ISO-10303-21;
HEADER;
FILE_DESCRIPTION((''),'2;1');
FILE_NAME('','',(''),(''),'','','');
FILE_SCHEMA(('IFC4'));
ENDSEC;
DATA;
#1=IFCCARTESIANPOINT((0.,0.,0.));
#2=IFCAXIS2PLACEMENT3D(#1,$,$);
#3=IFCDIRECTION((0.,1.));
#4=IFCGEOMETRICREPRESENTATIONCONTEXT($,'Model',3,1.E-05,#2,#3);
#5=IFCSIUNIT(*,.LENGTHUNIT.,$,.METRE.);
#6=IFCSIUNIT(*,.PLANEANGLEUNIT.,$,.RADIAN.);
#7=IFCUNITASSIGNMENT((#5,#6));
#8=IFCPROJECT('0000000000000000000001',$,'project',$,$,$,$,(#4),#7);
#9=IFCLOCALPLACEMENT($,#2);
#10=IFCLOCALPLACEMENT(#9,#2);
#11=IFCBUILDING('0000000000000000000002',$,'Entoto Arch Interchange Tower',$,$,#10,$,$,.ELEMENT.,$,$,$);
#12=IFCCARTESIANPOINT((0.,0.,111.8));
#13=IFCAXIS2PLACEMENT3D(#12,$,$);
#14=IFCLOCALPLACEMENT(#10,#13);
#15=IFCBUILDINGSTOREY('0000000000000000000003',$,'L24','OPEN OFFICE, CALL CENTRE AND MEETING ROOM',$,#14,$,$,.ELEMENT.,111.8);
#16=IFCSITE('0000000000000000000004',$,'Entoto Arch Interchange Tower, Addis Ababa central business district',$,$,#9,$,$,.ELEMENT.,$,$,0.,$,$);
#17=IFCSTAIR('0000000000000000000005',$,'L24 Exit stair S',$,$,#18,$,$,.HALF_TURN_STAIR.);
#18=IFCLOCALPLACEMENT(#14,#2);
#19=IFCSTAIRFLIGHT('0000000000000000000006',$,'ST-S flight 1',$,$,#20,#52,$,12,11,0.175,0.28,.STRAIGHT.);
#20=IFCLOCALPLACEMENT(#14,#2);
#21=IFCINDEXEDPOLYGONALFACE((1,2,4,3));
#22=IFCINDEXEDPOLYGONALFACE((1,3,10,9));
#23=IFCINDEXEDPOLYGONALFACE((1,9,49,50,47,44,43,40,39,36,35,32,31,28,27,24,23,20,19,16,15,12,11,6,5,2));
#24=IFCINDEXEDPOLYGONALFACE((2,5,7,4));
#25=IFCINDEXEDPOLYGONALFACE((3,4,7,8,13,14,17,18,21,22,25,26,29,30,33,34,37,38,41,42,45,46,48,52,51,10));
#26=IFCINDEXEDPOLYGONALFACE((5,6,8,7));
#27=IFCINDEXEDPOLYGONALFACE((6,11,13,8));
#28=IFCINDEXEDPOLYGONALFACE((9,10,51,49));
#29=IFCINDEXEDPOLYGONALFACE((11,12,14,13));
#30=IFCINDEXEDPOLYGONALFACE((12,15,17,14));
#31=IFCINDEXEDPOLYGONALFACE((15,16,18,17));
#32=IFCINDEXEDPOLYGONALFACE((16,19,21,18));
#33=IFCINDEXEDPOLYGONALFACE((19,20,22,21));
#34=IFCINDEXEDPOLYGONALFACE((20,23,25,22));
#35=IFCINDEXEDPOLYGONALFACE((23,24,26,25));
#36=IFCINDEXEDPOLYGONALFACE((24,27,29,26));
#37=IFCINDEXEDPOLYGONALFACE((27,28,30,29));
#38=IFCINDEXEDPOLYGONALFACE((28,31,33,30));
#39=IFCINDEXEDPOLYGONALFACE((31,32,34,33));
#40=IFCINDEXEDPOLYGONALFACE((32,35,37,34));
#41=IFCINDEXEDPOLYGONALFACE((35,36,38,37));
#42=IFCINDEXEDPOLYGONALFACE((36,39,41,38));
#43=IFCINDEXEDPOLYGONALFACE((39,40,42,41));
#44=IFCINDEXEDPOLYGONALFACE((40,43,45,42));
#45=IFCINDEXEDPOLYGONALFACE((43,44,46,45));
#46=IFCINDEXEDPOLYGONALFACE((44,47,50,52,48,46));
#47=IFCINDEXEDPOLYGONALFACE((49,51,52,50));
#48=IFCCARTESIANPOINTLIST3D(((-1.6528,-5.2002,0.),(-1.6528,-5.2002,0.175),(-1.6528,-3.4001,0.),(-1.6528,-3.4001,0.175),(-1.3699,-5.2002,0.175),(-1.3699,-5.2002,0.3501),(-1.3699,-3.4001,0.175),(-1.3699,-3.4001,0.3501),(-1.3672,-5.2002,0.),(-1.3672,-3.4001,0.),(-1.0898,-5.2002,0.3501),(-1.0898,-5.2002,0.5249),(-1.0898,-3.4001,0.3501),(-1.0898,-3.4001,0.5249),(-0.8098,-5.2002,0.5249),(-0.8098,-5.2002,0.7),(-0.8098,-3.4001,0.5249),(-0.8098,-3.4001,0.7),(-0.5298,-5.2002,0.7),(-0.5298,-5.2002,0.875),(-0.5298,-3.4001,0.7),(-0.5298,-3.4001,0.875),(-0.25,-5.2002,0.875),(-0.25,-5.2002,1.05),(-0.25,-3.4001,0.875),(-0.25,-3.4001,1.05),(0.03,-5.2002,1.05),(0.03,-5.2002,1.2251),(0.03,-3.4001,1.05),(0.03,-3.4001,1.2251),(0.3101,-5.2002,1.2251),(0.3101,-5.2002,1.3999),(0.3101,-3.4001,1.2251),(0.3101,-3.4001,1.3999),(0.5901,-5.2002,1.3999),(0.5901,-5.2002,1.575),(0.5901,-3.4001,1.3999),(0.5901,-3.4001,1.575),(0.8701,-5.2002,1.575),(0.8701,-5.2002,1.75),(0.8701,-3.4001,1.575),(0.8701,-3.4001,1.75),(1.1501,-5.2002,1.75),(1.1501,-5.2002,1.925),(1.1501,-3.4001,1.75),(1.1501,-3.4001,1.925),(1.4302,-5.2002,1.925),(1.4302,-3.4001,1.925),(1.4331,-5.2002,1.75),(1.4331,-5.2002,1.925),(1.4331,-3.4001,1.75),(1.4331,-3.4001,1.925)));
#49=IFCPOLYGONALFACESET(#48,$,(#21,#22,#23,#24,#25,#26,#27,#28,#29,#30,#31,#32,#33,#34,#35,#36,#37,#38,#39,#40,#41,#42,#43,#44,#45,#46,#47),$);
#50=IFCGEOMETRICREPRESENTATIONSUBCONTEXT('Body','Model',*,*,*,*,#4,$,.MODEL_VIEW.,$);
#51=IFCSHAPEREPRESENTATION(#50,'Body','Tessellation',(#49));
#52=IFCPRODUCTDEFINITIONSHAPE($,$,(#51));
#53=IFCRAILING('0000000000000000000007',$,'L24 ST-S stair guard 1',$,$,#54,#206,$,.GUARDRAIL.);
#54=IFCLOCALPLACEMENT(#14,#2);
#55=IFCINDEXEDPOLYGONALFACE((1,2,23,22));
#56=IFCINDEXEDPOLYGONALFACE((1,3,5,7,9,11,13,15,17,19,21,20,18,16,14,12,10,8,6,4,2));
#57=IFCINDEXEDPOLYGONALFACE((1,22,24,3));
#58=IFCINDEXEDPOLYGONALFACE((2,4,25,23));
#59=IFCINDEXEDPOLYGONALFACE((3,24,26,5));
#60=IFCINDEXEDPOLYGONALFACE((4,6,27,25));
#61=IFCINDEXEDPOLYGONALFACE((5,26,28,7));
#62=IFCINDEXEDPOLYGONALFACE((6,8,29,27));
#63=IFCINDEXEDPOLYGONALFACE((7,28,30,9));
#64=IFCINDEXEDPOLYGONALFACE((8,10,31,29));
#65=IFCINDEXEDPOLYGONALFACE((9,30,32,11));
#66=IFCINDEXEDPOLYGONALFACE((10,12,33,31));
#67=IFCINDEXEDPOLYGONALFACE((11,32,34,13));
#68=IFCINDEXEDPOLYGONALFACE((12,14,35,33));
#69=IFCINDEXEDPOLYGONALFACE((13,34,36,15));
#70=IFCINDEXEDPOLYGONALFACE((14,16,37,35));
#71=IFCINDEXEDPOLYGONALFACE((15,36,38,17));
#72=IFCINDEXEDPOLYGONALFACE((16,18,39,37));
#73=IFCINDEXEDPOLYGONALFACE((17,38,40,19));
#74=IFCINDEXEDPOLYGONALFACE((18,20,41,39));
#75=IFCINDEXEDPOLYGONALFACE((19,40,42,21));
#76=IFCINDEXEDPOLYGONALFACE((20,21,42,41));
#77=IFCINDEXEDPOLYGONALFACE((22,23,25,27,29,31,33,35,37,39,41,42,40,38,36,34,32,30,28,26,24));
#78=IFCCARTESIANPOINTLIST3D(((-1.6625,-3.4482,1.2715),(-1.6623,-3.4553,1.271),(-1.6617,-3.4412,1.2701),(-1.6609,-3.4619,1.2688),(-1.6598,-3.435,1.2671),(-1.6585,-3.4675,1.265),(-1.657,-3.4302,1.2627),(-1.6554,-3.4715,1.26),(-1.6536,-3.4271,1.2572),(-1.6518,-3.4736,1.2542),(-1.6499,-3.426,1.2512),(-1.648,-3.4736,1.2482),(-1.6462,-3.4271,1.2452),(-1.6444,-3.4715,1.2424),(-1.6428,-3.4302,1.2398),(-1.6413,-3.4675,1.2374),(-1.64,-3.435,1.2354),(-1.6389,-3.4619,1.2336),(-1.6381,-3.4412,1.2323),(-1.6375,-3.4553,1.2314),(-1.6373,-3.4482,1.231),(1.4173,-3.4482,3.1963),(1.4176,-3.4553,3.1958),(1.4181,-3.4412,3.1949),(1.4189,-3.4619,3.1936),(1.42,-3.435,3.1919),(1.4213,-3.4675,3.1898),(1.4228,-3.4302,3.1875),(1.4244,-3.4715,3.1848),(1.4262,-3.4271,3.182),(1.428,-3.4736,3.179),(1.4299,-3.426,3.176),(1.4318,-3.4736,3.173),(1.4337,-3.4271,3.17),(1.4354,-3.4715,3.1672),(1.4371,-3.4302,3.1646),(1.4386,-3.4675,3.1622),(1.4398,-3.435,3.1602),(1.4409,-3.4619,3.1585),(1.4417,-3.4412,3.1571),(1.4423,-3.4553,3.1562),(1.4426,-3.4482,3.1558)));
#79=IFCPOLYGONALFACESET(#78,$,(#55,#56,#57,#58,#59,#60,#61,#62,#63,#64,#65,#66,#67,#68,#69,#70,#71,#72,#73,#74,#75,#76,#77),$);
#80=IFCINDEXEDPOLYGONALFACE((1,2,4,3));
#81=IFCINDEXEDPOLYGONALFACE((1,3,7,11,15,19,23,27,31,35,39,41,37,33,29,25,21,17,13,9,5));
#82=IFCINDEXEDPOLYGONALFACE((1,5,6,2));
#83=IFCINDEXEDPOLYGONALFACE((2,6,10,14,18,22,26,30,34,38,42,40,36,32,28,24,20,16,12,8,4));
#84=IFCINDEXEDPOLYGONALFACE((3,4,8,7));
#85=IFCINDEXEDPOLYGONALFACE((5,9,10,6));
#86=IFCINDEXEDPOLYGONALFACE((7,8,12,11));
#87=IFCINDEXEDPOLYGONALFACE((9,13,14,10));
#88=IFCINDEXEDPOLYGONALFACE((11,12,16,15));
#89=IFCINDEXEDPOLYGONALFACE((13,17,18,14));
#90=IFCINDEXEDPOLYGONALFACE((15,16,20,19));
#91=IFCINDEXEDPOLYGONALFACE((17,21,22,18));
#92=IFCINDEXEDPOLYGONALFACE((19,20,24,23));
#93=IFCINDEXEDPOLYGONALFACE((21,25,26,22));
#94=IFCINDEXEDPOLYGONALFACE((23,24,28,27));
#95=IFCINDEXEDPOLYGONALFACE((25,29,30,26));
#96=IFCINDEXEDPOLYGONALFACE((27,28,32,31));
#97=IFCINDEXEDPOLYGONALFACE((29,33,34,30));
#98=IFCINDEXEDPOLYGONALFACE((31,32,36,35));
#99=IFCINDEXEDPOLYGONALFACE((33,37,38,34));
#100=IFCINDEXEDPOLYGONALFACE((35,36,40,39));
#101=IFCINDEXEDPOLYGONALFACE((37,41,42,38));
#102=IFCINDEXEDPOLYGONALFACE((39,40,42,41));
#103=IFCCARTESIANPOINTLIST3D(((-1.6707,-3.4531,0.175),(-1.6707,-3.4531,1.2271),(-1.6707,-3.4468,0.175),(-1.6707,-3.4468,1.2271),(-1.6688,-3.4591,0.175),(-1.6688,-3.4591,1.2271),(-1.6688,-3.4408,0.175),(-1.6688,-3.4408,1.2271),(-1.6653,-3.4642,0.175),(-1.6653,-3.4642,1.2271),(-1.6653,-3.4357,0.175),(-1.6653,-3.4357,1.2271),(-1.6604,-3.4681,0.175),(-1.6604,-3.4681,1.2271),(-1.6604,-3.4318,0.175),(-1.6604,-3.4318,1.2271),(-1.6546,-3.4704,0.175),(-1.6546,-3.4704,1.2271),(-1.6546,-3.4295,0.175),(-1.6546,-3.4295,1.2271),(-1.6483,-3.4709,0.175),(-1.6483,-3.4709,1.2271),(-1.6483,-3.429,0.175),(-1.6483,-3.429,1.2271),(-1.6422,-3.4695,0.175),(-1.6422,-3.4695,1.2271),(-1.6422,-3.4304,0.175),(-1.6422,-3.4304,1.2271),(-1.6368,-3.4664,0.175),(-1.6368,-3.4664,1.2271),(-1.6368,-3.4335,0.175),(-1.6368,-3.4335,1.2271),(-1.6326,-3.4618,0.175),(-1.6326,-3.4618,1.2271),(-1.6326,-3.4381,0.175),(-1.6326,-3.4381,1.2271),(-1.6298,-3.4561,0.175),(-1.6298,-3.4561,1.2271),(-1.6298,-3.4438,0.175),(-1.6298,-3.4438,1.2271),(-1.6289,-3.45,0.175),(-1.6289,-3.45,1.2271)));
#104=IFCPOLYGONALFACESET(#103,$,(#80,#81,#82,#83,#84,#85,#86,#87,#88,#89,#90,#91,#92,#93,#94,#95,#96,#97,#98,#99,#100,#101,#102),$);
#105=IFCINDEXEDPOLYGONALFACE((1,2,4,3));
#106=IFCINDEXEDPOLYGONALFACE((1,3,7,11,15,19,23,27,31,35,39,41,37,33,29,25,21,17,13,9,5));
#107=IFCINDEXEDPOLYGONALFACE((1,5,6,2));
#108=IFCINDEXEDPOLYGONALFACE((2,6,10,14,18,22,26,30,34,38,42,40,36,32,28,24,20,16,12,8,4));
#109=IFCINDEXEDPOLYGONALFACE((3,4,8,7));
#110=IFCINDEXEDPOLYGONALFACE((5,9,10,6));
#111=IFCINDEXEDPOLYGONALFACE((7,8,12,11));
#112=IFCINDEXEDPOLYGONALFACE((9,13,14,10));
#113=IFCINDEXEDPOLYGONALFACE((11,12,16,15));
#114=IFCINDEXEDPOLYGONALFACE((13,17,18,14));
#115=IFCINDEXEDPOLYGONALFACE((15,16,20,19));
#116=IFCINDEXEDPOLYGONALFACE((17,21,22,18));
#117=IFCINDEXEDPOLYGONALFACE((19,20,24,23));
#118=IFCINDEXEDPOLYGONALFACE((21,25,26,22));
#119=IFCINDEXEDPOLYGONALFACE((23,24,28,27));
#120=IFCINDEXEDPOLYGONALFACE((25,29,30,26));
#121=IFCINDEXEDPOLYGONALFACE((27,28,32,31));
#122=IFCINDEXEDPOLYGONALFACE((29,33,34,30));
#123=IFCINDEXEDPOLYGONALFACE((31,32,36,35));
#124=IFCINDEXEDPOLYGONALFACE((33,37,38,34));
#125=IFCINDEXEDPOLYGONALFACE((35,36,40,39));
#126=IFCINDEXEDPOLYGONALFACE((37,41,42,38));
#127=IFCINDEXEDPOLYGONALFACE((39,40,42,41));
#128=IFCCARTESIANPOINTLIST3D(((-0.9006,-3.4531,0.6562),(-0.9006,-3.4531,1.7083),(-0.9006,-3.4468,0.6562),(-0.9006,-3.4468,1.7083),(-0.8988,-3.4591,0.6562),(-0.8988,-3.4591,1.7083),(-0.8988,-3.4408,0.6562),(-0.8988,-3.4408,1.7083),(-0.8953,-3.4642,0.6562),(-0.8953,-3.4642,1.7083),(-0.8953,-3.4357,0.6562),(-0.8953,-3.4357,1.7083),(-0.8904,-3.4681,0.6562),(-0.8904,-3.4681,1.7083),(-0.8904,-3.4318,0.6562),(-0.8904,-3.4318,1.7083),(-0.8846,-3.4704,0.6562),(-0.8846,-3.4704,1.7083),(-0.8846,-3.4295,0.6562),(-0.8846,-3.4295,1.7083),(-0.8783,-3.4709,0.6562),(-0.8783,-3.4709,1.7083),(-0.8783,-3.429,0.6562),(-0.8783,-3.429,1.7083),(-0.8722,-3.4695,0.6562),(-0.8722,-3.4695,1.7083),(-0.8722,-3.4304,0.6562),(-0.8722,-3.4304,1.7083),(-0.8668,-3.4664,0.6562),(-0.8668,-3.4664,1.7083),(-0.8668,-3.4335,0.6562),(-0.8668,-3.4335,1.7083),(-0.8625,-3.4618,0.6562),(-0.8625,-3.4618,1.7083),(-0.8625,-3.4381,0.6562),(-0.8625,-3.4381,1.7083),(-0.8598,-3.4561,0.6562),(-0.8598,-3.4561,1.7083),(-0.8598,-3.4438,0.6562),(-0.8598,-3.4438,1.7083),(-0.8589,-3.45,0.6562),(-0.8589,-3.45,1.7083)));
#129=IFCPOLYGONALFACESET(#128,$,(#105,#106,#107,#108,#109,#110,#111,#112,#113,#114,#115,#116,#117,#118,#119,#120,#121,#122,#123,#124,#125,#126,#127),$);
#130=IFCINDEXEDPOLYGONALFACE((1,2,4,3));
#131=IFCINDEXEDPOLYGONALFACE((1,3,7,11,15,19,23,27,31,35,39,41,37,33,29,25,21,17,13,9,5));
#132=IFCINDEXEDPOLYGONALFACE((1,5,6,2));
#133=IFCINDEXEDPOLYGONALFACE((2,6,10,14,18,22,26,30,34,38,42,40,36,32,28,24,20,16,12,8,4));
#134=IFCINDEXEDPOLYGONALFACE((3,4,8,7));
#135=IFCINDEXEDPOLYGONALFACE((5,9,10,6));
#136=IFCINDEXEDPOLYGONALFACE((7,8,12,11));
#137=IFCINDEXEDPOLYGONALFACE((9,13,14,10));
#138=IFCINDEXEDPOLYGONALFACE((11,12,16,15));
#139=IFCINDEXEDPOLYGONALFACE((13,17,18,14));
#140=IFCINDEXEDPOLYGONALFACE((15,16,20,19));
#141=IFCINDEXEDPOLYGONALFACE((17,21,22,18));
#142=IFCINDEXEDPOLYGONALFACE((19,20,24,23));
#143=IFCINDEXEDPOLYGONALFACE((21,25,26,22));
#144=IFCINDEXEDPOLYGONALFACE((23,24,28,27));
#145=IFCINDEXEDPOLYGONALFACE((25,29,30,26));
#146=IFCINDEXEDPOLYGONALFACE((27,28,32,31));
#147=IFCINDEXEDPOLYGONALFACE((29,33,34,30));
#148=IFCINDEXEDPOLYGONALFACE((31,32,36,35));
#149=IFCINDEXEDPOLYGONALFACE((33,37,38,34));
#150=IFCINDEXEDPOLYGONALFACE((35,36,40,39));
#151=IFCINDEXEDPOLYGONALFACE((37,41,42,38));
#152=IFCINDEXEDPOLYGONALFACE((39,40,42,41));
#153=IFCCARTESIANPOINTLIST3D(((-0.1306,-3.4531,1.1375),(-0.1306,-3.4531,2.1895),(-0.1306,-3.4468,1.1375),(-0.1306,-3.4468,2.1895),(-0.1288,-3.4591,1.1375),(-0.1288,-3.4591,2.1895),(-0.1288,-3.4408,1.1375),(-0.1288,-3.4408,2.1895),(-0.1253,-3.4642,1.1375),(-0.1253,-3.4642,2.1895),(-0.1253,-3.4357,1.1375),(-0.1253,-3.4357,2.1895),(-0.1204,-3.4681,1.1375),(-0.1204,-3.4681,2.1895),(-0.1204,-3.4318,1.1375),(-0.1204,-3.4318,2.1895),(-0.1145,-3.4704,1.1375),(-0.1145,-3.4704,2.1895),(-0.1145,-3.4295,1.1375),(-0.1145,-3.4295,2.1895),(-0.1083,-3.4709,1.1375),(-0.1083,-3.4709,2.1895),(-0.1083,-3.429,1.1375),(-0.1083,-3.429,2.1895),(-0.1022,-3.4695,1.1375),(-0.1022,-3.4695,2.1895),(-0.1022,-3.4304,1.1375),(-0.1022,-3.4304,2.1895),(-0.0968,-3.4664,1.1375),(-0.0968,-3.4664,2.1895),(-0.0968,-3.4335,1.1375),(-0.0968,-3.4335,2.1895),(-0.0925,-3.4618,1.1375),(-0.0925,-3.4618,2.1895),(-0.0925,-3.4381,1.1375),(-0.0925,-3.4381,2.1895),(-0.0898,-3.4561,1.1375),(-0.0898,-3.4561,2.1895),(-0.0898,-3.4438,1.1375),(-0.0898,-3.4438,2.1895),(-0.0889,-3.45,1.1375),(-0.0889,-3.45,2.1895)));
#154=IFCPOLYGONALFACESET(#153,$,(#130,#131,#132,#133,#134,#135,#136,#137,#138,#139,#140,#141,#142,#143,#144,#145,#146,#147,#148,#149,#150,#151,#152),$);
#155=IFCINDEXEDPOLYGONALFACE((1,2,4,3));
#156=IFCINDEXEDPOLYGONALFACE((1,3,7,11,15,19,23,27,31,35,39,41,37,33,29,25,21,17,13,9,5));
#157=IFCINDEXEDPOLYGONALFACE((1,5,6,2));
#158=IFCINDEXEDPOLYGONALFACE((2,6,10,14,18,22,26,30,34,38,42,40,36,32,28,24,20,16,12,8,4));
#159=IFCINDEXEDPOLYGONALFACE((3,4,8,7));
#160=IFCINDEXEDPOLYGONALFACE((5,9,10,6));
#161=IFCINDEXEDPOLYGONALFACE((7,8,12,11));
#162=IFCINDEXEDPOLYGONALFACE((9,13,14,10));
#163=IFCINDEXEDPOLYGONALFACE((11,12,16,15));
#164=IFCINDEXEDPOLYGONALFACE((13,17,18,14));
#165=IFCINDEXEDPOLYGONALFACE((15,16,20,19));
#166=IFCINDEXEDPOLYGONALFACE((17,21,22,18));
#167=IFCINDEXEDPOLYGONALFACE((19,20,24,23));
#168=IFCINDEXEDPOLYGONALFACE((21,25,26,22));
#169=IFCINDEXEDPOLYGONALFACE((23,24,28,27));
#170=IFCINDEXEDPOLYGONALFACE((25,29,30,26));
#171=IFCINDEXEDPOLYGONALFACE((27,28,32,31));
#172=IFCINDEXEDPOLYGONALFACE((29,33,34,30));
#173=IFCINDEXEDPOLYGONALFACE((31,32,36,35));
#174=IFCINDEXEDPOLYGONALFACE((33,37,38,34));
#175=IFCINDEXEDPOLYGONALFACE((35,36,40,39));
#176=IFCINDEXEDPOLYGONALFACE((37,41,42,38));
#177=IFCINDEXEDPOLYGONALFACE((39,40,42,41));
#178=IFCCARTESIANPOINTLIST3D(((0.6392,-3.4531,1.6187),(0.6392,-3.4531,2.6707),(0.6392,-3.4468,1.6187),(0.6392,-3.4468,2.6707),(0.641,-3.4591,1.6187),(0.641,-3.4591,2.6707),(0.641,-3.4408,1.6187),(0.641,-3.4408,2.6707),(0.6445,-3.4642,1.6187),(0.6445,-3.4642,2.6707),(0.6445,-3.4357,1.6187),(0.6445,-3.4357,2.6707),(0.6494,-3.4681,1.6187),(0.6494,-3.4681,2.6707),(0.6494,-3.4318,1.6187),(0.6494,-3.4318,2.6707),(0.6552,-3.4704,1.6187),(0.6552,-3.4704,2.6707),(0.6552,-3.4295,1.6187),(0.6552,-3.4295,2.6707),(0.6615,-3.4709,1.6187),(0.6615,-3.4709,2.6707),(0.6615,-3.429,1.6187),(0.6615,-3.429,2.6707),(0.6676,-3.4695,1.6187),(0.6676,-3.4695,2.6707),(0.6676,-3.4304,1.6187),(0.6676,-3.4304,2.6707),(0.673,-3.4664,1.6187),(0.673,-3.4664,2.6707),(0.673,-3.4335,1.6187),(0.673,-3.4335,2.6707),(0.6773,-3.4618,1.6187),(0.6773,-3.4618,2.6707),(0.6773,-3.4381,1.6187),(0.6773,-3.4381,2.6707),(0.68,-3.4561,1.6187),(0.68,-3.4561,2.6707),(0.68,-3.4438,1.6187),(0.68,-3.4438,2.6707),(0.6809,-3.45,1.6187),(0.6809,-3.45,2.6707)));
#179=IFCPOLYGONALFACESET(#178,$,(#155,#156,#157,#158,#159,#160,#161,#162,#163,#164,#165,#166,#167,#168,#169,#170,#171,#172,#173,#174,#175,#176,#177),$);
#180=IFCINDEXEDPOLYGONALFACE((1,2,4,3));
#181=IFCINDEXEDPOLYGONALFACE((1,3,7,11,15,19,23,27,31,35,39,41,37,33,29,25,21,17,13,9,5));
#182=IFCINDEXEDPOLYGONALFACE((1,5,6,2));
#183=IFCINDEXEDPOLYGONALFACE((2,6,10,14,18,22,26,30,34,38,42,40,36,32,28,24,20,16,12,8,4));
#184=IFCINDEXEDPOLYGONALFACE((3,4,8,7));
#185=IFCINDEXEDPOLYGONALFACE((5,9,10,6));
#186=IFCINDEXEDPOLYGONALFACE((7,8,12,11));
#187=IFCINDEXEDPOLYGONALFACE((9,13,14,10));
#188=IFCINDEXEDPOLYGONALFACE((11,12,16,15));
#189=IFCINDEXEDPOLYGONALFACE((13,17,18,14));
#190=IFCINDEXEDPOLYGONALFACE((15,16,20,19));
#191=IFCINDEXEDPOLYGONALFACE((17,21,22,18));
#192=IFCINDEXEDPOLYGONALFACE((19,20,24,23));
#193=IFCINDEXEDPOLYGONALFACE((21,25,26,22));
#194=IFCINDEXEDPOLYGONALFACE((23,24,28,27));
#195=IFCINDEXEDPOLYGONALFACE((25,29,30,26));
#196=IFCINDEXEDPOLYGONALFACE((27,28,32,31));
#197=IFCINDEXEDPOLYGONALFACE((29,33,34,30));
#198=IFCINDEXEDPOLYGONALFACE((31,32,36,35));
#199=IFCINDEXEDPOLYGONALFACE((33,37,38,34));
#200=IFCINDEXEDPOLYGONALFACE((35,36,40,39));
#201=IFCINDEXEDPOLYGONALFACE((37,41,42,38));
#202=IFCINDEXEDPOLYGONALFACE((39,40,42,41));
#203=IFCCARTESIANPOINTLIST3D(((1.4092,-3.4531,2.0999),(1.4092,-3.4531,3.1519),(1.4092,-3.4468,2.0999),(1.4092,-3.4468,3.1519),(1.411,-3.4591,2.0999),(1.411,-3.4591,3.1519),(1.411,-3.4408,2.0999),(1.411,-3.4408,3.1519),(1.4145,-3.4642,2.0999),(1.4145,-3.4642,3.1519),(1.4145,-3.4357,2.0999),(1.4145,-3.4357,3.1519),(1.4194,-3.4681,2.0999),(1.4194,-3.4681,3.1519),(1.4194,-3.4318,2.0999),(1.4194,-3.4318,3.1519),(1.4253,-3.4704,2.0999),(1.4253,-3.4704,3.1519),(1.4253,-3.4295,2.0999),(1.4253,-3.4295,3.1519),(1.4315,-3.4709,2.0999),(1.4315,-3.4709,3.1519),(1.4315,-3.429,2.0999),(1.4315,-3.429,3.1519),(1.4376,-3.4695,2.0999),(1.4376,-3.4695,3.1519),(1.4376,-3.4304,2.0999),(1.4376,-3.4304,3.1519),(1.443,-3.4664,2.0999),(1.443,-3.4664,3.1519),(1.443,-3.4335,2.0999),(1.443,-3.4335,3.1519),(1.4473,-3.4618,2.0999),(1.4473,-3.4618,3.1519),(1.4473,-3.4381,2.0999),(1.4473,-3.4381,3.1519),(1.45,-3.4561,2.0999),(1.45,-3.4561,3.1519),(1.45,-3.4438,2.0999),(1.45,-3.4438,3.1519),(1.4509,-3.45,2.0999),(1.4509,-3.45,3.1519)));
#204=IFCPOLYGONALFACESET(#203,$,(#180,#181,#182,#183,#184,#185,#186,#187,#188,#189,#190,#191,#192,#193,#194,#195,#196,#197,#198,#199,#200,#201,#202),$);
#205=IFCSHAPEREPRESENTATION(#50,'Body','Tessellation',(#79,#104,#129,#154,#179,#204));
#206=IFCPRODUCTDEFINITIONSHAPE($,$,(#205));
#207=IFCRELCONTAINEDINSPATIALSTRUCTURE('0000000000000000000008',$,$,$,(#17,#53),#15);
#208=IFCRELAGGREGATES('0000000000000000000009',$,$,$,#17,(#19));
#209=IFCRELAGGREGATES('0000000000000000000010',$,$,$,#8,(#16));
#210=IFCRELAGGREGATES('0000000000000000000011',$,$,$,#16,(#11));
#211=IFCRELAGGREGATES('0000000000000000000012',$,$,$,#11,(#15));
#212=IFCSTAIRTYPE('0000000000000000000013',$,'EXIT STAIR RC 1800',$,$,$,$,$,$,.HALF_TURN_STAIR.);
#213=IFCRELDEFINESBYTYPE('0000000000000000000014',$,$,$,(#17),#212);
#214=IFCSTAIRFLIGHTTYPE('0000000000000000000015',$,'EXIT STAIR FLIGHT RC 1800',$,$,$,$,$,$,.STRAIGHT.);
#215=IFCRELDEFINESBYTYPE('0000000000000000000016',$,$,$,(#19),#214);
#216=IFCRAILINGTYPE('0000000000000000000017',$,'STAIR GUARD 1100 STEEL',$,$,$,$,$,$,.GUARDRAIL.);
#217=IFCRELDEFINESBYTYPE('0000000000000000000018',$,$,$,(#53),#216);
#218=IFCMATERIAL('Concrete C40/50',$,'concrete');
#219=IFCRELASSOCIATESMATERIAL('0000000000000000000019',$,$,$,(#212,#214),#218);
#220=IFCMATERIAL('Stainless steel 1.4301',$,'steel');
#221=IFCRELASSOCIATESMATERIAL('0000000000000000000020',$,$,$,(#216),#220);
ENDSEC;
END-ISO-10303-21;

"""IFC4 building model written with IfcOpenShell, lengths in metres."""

from ifc_helpers import new_model, si_unit, direction, frame, origin, origin_2d, place, context, subcontext, project, spatial, polyline, circle, outline, extrude, material, type_object, element, aggregate, save


model = new_model("IFC4")

# Units and contexts
model_context = context("Model", 3, precision=1e-05, world=origin(), true_north=direction((0.0, 1.0)))
body_context = subcontext(model_context, "Body", "Model", "MODEL_VIEW")
ifc_project = project(units=[si_unit("LENGTHUNIT", "METRE"), si_unit("PLANEANGLEUNIT", "RADIAN")], contexts=[model_context])

# Site, building, storey
site_placement = place(None, origin())
site = spatial("IfcSite", under=ifc_project, at=site_placement, Name="Entoto Arch Interchange Tower, Addis Ababa central business district", CompositionType="ELEMENT", RefElevation=0.0)
building_placement = place(site_placement, origin())
building = spatial("IfcBuilding", under=site, at=building_placement, Name="Entoto Arch Interchange Tower", CompositionType="ELEMENT")
storey_placement = place(building_placement, frame((0.0, 0.0, 111.8)))
storey = spatial("IfcBuildingStorey", under=building, at=storey_placement, Name="L24", Description="OPEN OFFICE, CALL CENTRE AND MEETING ROOM", CompositionType="ELEMENT", Elevation=111.8)

# Shared definitions
ifc_material_1 = material(Name="Concrete C40/50", Category="concrete")

# Stair, stair flight
stair_type = type_object("IfcStairType", Name="EXIT STAIR RC 1800", PredefinedType="HALF_TURN_STAIR", material=ifc_material_1)
stair_placement = place(storey_placement, origin())
stair = element("IfcStair", 1, at=stair_placement, inside=storey, type_object=stair_type, Name="L24 Exit stair S", PredefinedType="HALF_TURN_STAIR")
stair_flight_type = type_object("IfcStairFlightType", Name="EXIT STAIR FLIGHT RC 1800", PredefinedType="STRAIGHT", material=ifc_material_1)
stair_flight_placement = place(storey_placement, frame((-1.6499, -4.3, 0.0), z_axis=(0.0, 0.0, 1.0), x_axis=(1.0, 0.0, 0.0)))
stair_flight = element("IfcStairFlight", 2, at=stair_flight_placement, type_object=stair_flight_type, Name="ST-S flight 1", NumberOfRisers=12, NumberOfTreads=11, PredefinedType="STRAIGHT", RiserHeight=0.175, TreadLength=0.28, context=body_context, shape_type="SweptSolid", body=[
    extrude(outline(polyline([(-0.0029, 0.0), (-0.0029, 0.175), (0.28, 0.175), (0.28, 0.3501), (0.5601, 0.3501), (0.5601, 0.5249), (0.8401, 0.5249), (0.8401, 0.7), (1.1201, 0.7), (1.1201, 0.875), (1.3999, 0.875), (1.3999, 1.05), (1.6799, 1.05), (1.6799, 1.2251), (1.96, 1.2251), (1.96, 1.3999), (2.24, 1.3999), (2.24, 1.575), (2.52, 1.575), (2.52, 1.75), (2.8, 1.75), (2.8, 1.925), (3.0801, 1.925), (3.083, 1.925), (3.083, 1.75), (0.2827, 0.0), (-0.0029, 0.0)])), frame((0.0, 0.8999, 0.0), z_axis=(0.0, -1.0, 0.0), x_axis=(1.0, 0.0, 0.0)), (0.0, 0.0, 1.0), 1.8),
])
aggregate(stair, [stair_flight])

# Railing
ifc_material_2 = material(Name="Stainless steel 1.4301", Category="steel")
railing_type_1 = type_object("IfcRailingType", Name="STAIR GUARD 1100 STEEL", PredefinedType="GUARDRAIL", material=ifc_material_2)
railing_1_placement = place(storey_placement, frame((-1.6499, -3.45, 0.175)))
element("IfcRailing", 3, at=railing_1_placement, inside=storey, type_object=railing_type_1, Name="L24 ST-S stair guard 1", PredefinedType="GUARDRAIL", context=body_context, shape_type="SweptSolid", body=[
    extrude(circle(Radius=0.0239, at=origin_2d()), frame((0.0, 0.0, 1.0762), z_axis=(0.84801, 0.0, 0.529981), x_axis=(0.0, 1.0, 0.0)), (0.0, 0.0, 1.0), 3.6318),
    extrude(circle(Radius=0.021, at=origin_2d()), origin(), (0.0, 0.0, 1.0), 1.052),
    extrude(circle(Radius=0.021, at=origin_2d()), frame((0.77, 0.0, 0.4812)), (0.0, 0.0, 1.0), 1.052),
    extrude(circle(Radius=0.021, at=origin_2d()), frame((1.54, 0.0, 0.9624)), (0.0, 0.0, 1.0), 1.052),
    extrude(circle(Radius=0.021, at=origin_2d()), frame((2.3098, 0.0, 1.4436)), (0.0, 0.0, 1.0), 1.052),
    extrude(circle(Radius=0.021, at=origin_2d()), frame((3.0798, 0.0, 1.9248)), (0.0, 0.0, 1.0), 1.052),
])

save(model, "model.ifc")
